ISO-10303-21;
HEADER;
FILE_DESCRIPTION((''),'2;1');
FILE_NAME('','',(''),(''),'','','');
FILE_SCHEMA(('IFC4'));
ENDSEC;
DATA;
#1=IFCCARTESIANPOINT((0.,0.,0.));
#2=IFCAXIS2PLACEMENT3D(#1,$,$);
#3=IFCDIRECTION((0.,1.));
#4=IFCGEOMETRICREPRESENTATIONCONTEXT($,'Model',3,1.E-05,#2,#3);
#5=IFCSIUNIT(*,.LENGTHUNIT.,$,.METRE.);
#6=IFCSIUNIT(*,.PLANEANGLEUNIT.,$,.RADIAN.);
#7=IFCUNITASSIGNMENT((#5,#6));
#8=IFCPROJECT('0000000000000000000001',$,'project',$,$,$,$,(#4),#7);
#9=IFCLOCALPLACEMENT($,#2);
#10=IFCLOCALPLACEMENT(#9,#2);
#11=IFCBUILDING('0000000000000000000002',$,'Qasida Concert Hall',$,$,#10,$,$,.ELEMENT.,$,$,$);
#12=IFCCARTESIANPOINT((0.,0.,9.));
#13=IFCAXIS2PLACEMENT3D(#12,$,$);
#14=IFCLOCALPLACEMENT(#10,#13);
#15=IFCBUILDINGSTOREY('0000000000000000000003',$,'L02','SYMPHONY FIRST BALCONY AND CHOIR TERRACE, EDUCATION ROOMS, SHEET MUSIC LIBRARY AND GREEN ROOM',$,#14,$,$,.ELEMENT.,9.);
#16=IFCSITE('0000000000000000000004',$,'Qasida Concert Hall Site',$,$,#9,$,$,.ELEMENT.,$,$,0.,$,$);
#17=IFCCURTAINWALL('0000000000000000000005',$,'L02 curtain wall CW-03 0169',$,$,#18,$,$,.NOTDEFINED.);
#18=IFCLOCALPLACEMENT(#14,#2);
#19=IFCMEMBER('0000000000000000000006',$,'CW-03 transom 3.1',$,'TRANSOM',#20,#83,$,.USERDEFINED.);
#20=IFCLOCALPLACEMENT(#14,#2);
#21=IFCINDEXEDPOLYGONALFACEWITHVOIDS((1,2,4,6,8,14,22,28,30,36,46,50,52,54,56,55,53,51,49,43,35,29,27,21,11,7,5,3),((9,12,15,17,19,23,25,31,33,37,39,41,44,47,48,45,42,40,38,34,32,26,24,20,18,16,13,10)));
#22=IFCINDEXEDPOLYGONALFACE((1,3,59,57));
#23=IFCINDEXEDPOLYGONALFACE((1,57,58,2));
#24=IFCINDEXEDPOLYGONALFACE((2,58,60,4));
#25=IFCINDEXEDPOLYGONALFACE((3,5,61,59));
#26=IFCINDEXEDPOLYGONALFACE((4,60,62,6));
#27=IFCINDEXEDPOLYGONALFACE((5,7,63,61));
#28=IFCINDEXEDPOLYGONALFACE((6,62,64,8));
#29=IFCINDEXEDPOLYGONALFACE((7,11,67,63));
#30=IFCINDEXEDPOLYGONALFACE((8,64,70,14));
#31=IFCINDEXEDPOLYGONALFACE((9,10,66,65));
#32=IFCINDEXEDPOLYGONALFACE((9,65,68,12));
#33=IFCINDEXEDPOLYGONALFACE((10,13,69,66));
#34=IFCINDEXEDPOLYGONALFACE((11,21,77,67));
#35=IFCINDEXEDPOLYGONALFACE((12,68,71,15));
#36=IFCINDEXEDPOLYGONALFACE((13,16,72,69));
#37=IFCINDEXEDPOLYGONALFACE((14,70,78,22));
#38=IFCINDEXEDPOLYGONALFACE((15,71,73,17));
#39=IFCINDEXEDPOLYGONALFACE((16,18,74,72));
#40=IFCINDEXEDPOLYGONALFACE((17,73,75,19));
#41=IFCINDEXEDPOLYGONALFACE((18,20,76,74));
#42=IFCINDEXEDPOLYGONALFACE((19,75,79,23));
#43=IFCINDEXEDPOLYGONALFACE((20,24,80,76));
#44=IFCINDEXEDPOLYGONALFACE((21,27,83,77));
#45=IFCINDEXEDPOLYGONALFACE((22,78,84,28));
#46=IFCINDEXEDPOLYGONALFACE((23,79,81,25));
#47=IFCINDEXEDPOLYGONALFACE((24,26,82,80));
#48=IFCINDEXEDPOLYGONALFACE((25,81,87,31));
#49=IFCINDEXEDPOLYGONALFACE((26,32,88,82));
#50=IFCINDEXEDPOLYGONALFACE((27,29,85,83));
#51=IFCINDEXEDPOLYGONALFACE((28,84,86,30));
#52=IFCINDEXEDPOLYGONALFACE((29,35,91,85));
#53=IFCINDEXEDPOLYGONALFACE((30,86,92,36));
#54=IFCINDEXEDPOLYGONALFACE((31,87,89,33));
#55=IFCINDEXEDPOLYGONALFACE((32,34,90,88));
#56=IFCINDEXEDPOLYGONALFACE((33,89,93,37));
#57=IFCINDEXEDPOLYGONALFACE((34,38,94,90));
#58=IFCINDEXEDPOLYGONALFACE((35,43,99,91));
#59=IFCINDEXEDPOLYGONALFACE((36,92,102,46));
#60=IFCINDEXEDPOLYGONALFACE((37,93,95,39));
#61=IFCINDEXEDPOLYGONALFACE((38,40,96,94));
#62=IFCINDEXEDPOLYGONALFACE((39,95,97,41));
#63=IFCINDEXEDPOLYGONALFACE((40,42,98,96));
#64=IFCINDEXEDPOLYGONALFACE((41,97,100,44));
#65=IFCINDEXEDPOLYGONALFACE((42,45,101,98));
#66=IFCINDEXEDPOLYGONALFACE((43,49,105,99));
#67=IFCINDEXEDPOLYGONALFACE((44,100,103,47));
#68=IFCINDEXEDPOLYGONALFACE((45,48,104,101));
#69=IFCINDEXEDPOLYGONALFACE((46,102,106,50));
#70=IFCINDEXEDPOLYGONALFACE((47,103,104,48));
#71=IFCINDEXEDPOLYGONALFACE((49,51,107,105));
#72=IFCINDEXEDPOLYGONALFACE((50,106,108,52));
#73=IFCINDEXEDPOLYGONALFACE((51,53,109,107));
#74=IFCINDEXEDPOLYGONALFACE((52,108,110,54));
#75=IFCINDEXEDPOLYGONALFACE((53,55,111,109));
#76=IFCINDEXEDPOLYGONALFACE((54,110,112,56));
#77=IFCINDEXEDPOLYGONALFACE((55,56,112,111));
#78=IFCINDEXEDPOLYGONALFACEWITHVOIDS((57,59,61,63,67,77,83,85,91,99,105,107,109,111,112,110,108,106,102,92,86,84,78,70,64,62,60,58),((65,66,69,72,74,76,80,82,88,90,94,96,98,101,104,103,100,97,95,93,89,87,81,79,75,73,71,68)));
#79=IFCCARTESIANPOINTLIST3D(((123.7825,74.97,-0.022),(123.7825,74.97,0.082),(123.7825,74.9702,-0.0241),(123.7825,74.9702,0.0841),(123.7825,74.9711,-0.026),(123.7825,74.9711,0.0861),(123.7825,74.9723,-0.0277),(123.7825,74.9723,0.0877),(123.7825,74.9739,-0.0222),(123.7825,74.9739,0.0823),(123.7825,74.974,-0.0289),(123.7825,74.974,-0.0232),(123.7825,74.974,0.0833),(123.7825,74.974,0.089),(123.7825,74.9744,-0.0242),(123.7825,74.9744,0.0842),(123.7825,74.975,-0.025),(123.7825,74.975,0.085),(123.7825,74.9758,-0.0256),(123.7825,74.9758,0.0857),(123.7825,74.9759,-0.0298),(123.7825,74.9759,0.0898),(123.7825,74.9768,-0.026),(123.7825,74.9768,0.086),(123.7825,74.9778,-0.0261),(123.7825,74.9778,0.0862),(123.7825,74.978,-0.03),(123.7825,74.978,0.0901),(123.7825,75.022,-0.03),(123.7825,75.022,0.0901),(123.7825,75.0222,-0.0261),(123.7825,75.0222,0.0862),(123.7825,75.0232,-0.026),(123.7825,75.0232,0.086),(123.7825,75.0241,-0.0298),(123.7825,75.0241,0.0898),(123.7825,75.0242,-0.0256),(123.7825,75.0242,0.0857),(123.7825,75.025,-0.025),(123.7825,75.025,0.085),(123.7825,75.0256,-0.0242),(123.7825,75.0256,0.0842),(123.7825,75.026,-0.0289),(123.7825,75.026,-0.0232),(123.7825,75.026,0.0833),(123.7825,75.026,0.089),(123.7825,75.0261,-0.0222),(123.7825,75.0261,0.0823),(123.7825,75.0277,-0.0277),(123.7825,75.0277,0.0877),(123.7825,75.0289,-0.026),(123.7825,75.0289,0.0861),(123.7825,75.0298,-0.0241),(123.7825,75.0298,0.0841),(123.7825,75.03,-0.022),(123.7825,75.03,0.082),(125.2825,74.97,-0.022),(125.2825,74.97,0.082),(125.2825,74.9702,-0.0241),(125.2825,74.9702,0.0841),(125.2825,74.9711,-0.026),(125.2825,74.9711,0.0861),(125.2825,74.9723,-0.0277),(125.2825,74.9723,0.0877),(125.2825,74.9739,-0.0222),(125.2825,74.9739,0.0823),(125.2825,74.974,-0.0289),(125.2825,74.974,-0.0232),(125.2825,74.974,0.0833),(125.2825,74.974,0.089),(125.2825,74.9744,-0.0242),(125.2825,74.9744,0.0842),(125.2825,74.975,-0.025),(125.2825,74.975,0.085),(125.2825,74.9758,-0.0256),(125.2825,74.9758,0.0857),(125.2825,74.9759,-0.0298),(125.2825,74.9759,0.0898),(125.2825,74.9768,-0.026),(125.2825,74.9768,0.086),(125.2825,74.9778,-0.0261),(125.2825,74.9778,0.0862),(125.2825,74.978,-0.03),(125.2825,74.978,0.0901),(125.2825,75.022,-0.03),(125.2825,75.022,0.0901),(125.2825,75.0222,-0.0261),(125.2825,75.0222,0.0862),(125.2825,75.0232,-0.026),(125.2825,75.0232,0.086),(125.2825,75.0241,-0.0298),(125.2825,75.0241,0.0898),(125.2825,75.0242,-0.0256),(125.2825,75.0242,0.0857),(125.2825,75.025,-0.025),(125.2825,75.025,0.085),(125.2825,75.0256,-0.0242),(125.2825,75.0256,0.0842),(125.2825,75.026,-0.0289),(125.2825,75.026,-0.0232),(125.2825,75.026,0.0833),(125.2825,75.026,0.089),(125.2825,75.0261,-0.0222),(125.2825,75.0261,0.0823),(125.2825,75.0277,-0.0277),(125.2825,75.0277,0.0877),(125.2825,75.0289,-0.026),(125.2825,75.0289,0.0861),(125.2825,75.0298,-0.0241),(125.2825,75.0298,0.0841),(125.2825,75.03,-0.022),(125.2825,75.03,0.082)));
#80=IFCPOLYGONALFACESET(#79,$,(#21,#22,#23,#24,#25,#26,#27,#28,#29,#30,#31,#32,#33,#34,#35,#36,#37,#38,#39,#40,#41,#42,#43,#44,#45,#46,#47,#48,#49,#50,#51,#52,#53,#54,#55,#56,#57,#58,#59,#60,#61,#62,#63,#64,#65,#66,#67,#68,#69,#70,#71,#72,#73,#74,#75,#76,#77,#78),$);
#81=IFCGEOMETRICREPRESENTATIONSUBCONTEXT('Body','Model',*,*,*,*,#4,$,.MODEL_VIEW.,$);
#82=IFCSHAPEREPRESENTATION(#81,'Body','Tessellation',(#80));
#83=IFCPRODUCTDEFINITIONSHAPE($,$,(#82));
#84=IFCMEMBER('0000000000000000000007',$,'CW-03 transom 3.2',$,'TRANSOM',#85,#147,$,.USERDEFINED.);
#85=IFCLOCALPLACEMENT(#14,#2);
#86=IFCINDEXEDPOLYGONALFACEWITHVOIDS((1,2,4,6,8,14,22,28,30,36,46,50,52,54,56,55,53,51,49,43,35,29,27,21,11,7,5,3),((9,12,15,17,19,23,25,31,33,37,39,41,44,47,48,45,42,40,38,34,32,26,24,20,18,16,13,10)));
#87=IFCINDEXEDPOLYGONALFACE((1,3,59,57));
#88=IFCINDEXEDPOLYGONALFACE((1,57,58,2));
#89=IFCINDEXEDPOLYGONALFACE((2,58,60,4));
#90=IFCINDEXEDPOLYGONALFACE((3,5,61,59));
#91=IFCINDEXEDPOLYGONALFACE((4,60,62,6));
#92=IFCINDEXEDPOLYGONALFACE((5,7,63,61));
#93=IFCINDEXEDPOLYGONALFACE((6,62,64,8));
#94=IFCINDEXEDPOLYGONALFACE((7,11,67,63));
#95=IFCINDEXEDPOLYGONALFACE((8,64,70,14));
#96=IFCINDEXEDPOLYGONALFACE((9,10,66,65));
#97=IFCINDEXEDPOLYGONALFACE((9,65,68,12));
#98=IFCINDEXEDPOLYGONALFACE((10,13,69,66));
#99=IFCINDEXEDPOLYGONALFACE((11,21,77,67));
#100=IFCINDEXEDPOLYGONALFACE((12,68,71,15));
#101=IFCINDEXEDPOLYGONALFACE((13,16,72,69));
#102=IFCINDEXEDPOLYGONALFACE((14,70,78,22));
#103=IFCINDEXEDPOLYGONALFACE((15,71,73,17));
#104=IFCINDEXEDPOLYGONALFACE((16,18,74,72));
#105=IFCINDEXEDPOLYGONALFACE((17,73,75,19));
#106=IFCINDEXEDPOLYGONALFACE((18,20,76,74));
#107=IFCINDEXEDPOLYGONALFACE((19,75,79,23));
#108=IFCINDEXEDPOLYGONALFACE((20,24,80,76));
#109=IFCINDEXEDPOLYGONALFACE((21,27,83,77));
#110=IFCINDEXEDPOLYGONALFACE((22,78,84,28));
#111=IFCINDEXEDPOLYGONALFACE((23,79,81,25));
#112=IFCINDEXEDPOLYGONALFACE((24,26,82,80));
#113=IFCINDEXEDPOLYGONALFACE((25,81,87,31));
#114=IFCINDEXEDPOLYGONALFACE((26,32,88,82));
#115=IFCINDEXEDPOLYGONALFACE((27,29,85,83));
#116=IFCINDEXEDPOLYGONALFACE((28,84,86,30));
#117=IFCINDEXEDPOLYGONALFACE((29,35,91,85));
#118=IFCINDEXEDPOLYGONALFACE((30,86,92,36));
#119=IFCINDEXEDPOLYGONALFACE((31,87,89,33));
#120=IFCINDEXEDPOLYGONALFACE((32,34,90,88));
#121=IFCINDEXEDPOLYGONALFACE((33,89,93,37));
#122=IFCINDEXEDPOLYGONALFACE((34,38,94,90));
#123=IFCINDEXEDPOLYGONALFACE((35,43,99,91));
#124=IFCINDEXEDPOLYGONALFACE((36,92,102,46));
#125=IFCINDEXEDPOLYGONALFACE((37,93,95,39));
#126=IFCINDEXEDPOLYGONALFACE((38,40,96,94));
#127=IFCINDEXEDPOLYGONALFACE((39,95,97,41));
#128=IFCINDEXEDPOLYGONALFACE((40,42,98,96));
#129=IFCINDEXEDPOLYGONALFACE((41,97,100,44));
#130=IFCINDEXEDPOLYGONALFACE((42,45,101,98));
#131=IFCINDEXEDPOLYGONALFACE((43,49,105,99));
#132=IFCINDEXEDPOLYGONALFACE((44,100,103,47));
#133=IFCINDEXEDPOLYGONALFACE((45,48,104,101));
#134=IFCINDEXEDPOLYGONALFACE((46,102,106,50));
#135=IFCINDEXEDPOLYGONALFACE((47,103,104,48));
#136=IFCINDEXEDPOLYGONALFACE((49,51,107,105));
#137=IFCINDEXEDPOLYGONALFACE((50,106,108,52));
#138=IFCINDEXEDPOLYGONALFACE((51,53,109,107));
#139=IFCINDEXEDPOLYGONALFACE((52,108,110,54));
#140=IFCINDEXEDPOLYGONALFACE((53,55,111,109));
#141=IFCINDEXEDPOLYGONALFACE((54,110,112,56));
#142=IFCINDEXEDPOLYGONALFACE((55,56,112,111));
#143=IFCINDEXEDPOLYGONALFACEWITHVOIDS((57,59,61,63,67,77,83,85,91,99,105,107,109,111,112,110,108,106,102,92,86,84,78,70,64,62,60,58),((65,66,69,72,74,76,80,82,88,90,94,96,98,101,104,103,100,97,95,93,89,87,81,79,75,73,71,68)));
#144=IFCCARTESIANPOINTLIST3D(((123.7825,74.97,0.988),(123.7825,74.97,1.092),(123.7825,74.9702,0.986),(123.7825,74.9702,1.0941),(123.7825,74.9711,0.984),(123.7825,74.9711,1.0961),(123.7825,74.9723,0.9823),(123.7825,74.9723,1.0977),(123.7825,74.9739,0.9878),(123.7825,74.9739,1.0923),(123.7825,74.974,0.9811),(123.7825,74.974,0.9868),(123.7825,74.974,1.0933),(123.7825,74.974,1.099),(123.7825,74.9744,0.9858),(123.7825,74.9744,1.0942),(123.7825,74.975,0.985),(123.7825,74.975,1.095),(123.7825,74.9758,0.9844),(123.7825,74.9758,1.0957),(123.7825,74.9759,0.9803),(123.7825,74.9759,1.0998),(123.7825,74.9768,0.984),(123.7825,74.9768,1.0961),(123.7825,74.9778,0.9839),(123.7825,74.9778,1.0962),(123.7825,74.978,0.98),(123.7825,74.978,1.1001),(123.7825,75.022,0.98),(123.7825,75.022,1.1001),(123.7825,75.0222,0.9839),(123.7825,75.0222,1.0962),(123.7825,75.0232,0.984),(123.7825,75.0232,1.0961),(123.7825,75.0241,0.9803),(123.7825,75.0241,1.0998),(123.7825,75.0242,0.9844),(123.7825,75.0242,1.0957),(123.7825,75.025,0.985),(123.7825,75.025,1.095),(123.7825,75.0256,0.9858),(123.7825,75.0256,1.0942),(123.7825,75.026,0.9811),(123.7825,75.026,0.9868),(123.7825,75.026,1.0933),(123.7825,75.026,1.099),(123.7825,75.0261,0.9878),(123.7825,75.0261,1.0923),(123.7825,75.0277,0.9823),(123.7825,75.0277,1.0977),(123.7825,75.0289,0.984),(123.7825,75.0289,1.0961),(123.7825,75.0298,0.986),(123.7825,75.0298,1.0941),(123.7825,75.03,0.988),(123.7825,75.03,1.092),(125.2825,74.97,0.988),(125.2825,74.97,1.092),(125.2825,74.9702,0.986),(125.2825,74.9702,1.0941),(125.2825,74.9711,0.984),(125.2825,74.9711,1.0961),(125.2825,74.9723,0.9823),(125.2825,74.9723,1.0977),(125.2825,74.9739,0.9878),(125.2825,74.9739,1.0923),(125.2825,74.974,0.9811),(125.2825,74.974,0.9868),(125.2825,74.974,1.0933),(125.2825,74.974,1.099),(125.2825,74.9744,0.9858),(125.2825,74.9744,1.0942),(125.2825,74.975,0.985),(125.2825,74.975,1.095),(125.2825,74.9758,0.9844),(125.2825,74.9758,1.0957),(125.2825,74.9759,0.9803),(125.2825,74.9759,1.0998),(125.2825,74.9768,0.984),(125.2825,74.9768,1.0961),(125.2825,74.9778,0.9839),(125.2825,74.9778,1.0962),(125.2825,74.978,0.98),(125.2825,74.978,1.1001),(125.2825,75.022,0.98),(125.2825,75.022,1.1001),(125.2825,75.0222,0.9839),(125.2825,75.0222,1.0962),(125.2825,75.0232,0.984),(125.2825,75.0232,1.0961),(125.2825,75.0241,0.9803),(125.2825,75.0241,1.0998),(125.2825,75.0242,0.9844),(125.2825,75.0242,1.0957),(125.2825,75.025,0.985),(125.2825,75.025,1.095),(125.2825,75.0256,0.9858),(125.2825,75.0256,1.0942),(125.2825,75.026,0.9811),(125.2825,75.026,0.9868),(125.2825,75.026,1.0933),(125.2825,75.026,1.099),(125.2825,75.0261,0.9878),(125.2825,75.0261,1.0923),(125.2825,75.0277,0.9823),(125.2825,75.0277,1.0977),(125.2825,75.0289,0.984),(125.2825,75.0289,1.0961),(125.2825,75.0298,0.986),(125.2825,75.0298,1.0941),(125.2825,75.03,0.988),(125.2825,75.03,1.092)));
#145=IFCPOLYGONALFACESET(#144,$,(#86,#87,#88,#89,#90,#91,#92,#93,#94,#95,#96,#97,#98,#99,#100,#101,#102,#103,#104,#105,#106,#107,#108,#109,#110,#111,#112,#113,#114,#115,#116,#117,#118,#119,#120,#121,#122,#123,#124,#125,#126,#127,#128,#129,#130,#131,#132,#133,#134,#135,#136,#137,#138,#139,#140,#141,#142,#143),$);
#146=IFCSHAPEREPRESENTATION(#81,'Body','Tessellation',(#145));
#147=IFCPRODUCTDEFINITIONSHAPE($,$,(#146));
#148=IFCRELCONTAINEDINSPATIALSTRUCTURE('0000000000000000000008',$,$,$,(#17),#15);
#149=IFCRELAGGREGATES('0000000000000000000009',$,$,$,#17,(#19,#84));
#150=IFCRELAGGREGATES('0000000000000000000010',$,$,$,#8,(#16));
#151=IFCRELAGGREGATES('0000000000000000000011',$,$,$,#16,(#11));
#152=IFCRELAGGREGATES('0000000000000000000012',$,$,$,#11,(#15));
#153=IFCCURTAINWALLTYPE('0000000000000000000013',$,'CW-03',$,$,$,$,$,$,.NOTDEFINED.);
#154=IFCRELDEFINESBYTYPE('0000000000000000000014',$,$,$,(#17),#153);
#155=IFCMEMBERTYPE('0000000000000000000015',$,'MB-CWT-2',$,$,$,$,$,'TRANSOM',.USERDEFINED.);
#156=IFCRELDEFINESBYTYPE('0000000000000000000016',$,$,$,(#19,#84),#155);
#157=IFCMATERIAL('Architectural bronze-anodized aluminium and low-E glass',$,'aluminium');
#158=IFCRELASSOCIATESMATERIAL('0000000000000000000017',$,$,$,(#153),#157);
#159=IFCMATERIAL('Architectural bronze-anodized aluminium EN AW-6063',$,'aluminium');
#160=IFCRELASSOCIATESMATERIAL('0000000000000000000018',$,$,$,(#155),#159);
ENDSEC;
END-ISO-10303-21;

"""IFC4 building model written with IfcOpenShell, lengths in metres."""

from ifc_helpers import new_model, si_unit, direction, frame, origin, origin_2d, place, context, subcontext, project, spatial, hollow_rectangle, extrude, material, material_profile, profile_set, type_object, element, aggregate, save


model = new_model("IFC4")

# Units and contexts
model_context = context("Model", 3, precision=1e-05, world=origin(), true_north=direction((0.0, 1.0)))
body_context = subcontext(model_context, "Body", "Model", "MODEL_VIEW")
ifc_project = project(units=[si_unit("LENGTHUNIT", "METRE"), si_unit("PLANEANGLEUNIT", "RADIAN")], contexts=[model_context])

# Site, building, storey
site_placement = place(None, origin())
site = spatial("IfcSite", under=ifc_project, at=site_placement, Name="Qasida Concert Hall Site", CompositionType="ELEMENT", RefElevation=0.0)
building_placement = place(site_placement, origin())
building = spatial("IfcBuilding", under=site, at=building_placement, Name="Qasida Concert Hall", CompositionType="ELEMENT")
storey_placement = place(building_placement, frame((0.0, 0.0, 9.0)))
storey = spatial("IfcBuildingStorey", under=building, at=storey_placement, Name="L02", Description="SYMPHONY FIRST BALCONY AND CHOIR TERRACE, EDUCATION ROOMS, SHEET MUSIC LIBRARY AND GREEN ROOM", CompositionType="ELEMENT", Elevation=9.0)

# Curtain wall, members
ifc_material_1 = material(Name="Architectural bronze-anodized aluminium and low-E glass", Category="aluminium")
curtain_wall_type = type_object("IfcCurtainWallType", Name="CW-03", PredefinedType="NOTDEFINED", material=ifc_material_1)
curtain_wall_placement = place(storey_placement, origin())
curtain_wall = element("IfcCurtainWall", 1, at=curtain_wall_placement, inside=storey, type_object=curtain_wall_type, Name="L02 curtain wall CW-03 0169", PredefinedType="NOTDEFINED")
ifc_material_2 = material(Name="Architectural bronze-anodized aluminium EN AW-6063", Category="aluminium")
ifc_material_profile_1 = material_profile(ifc_material_2, hollow_rectangle(XDim=0.0601, YDim=0.1201, WallThickness=0.0039, InnerFilletRadius=0.0039, OuterFilletRadius=0.0081, at=origin_2d()), Name="CWT 120x60x4")
ifc_profile_set_1 = profile_set([ifc_material_profile_1], Name="Architectural bronze-anodized aluminium EN AW-6063")
member_type_1 = type_object("IfcMemberType", Name="MB-CWT-2", ElementType="TRANSOM", PredefinedType="USERDEFINED", material=ifc_profile_set_1)
member_1_placement = place(storey_placement, frame((123.7825, 75.0, 0.03), z_axis=(1.0, 0.0, 0.0), x_axis=(0.0, 1.0, 0.0)))
member_1 = element("IfcMember", 2, at=member_1_placement, type_object=member_type_1, Name="CW-03 transom 3.1", ObjectType="TRANSOM", PredefinedType="USERDEFINED", context=body_context, shape_type="SweptSolid", body=[
    extrude(hollow_rectangle(XDim=0.0601, YDim=0.1201, WallThickness=0.0039, InnerFilletRadius=0.0039, OuterFilletRadius=0.0081, at=origin_2d()), origin(), (0.0, 0.0, 1.0), 1.5),
])
member_2_placement = place(storey_placement, frame((123.7825, 75.0, 1.04), z_axis=(1.0, 0.0, 0.0), x_axis=(0.0, 1.0, 0.0)))
member_2 = element("IfcMember", 3, at=member_2_placement, type_object=member_type_1, Name="CW-03 transom 3.2", ObjectType="TRANSOM", PredefinedType="USERDEFINED", context=body_context, shape_type="SweptSolid", body=[
    extrude(hollow_rectangle(XDim=0.0601, YDim=0.1201, WallThickness=0.0039, InnerFilletRadius=0.0039, OuterFilletRadius=0.0081, at=origin_2d()), origin(), (0.0, 0.0, 1.0), 1.5),
])
aggregate(curtain_wall, [member_1, member_2])

save(model, "model.ifc")
